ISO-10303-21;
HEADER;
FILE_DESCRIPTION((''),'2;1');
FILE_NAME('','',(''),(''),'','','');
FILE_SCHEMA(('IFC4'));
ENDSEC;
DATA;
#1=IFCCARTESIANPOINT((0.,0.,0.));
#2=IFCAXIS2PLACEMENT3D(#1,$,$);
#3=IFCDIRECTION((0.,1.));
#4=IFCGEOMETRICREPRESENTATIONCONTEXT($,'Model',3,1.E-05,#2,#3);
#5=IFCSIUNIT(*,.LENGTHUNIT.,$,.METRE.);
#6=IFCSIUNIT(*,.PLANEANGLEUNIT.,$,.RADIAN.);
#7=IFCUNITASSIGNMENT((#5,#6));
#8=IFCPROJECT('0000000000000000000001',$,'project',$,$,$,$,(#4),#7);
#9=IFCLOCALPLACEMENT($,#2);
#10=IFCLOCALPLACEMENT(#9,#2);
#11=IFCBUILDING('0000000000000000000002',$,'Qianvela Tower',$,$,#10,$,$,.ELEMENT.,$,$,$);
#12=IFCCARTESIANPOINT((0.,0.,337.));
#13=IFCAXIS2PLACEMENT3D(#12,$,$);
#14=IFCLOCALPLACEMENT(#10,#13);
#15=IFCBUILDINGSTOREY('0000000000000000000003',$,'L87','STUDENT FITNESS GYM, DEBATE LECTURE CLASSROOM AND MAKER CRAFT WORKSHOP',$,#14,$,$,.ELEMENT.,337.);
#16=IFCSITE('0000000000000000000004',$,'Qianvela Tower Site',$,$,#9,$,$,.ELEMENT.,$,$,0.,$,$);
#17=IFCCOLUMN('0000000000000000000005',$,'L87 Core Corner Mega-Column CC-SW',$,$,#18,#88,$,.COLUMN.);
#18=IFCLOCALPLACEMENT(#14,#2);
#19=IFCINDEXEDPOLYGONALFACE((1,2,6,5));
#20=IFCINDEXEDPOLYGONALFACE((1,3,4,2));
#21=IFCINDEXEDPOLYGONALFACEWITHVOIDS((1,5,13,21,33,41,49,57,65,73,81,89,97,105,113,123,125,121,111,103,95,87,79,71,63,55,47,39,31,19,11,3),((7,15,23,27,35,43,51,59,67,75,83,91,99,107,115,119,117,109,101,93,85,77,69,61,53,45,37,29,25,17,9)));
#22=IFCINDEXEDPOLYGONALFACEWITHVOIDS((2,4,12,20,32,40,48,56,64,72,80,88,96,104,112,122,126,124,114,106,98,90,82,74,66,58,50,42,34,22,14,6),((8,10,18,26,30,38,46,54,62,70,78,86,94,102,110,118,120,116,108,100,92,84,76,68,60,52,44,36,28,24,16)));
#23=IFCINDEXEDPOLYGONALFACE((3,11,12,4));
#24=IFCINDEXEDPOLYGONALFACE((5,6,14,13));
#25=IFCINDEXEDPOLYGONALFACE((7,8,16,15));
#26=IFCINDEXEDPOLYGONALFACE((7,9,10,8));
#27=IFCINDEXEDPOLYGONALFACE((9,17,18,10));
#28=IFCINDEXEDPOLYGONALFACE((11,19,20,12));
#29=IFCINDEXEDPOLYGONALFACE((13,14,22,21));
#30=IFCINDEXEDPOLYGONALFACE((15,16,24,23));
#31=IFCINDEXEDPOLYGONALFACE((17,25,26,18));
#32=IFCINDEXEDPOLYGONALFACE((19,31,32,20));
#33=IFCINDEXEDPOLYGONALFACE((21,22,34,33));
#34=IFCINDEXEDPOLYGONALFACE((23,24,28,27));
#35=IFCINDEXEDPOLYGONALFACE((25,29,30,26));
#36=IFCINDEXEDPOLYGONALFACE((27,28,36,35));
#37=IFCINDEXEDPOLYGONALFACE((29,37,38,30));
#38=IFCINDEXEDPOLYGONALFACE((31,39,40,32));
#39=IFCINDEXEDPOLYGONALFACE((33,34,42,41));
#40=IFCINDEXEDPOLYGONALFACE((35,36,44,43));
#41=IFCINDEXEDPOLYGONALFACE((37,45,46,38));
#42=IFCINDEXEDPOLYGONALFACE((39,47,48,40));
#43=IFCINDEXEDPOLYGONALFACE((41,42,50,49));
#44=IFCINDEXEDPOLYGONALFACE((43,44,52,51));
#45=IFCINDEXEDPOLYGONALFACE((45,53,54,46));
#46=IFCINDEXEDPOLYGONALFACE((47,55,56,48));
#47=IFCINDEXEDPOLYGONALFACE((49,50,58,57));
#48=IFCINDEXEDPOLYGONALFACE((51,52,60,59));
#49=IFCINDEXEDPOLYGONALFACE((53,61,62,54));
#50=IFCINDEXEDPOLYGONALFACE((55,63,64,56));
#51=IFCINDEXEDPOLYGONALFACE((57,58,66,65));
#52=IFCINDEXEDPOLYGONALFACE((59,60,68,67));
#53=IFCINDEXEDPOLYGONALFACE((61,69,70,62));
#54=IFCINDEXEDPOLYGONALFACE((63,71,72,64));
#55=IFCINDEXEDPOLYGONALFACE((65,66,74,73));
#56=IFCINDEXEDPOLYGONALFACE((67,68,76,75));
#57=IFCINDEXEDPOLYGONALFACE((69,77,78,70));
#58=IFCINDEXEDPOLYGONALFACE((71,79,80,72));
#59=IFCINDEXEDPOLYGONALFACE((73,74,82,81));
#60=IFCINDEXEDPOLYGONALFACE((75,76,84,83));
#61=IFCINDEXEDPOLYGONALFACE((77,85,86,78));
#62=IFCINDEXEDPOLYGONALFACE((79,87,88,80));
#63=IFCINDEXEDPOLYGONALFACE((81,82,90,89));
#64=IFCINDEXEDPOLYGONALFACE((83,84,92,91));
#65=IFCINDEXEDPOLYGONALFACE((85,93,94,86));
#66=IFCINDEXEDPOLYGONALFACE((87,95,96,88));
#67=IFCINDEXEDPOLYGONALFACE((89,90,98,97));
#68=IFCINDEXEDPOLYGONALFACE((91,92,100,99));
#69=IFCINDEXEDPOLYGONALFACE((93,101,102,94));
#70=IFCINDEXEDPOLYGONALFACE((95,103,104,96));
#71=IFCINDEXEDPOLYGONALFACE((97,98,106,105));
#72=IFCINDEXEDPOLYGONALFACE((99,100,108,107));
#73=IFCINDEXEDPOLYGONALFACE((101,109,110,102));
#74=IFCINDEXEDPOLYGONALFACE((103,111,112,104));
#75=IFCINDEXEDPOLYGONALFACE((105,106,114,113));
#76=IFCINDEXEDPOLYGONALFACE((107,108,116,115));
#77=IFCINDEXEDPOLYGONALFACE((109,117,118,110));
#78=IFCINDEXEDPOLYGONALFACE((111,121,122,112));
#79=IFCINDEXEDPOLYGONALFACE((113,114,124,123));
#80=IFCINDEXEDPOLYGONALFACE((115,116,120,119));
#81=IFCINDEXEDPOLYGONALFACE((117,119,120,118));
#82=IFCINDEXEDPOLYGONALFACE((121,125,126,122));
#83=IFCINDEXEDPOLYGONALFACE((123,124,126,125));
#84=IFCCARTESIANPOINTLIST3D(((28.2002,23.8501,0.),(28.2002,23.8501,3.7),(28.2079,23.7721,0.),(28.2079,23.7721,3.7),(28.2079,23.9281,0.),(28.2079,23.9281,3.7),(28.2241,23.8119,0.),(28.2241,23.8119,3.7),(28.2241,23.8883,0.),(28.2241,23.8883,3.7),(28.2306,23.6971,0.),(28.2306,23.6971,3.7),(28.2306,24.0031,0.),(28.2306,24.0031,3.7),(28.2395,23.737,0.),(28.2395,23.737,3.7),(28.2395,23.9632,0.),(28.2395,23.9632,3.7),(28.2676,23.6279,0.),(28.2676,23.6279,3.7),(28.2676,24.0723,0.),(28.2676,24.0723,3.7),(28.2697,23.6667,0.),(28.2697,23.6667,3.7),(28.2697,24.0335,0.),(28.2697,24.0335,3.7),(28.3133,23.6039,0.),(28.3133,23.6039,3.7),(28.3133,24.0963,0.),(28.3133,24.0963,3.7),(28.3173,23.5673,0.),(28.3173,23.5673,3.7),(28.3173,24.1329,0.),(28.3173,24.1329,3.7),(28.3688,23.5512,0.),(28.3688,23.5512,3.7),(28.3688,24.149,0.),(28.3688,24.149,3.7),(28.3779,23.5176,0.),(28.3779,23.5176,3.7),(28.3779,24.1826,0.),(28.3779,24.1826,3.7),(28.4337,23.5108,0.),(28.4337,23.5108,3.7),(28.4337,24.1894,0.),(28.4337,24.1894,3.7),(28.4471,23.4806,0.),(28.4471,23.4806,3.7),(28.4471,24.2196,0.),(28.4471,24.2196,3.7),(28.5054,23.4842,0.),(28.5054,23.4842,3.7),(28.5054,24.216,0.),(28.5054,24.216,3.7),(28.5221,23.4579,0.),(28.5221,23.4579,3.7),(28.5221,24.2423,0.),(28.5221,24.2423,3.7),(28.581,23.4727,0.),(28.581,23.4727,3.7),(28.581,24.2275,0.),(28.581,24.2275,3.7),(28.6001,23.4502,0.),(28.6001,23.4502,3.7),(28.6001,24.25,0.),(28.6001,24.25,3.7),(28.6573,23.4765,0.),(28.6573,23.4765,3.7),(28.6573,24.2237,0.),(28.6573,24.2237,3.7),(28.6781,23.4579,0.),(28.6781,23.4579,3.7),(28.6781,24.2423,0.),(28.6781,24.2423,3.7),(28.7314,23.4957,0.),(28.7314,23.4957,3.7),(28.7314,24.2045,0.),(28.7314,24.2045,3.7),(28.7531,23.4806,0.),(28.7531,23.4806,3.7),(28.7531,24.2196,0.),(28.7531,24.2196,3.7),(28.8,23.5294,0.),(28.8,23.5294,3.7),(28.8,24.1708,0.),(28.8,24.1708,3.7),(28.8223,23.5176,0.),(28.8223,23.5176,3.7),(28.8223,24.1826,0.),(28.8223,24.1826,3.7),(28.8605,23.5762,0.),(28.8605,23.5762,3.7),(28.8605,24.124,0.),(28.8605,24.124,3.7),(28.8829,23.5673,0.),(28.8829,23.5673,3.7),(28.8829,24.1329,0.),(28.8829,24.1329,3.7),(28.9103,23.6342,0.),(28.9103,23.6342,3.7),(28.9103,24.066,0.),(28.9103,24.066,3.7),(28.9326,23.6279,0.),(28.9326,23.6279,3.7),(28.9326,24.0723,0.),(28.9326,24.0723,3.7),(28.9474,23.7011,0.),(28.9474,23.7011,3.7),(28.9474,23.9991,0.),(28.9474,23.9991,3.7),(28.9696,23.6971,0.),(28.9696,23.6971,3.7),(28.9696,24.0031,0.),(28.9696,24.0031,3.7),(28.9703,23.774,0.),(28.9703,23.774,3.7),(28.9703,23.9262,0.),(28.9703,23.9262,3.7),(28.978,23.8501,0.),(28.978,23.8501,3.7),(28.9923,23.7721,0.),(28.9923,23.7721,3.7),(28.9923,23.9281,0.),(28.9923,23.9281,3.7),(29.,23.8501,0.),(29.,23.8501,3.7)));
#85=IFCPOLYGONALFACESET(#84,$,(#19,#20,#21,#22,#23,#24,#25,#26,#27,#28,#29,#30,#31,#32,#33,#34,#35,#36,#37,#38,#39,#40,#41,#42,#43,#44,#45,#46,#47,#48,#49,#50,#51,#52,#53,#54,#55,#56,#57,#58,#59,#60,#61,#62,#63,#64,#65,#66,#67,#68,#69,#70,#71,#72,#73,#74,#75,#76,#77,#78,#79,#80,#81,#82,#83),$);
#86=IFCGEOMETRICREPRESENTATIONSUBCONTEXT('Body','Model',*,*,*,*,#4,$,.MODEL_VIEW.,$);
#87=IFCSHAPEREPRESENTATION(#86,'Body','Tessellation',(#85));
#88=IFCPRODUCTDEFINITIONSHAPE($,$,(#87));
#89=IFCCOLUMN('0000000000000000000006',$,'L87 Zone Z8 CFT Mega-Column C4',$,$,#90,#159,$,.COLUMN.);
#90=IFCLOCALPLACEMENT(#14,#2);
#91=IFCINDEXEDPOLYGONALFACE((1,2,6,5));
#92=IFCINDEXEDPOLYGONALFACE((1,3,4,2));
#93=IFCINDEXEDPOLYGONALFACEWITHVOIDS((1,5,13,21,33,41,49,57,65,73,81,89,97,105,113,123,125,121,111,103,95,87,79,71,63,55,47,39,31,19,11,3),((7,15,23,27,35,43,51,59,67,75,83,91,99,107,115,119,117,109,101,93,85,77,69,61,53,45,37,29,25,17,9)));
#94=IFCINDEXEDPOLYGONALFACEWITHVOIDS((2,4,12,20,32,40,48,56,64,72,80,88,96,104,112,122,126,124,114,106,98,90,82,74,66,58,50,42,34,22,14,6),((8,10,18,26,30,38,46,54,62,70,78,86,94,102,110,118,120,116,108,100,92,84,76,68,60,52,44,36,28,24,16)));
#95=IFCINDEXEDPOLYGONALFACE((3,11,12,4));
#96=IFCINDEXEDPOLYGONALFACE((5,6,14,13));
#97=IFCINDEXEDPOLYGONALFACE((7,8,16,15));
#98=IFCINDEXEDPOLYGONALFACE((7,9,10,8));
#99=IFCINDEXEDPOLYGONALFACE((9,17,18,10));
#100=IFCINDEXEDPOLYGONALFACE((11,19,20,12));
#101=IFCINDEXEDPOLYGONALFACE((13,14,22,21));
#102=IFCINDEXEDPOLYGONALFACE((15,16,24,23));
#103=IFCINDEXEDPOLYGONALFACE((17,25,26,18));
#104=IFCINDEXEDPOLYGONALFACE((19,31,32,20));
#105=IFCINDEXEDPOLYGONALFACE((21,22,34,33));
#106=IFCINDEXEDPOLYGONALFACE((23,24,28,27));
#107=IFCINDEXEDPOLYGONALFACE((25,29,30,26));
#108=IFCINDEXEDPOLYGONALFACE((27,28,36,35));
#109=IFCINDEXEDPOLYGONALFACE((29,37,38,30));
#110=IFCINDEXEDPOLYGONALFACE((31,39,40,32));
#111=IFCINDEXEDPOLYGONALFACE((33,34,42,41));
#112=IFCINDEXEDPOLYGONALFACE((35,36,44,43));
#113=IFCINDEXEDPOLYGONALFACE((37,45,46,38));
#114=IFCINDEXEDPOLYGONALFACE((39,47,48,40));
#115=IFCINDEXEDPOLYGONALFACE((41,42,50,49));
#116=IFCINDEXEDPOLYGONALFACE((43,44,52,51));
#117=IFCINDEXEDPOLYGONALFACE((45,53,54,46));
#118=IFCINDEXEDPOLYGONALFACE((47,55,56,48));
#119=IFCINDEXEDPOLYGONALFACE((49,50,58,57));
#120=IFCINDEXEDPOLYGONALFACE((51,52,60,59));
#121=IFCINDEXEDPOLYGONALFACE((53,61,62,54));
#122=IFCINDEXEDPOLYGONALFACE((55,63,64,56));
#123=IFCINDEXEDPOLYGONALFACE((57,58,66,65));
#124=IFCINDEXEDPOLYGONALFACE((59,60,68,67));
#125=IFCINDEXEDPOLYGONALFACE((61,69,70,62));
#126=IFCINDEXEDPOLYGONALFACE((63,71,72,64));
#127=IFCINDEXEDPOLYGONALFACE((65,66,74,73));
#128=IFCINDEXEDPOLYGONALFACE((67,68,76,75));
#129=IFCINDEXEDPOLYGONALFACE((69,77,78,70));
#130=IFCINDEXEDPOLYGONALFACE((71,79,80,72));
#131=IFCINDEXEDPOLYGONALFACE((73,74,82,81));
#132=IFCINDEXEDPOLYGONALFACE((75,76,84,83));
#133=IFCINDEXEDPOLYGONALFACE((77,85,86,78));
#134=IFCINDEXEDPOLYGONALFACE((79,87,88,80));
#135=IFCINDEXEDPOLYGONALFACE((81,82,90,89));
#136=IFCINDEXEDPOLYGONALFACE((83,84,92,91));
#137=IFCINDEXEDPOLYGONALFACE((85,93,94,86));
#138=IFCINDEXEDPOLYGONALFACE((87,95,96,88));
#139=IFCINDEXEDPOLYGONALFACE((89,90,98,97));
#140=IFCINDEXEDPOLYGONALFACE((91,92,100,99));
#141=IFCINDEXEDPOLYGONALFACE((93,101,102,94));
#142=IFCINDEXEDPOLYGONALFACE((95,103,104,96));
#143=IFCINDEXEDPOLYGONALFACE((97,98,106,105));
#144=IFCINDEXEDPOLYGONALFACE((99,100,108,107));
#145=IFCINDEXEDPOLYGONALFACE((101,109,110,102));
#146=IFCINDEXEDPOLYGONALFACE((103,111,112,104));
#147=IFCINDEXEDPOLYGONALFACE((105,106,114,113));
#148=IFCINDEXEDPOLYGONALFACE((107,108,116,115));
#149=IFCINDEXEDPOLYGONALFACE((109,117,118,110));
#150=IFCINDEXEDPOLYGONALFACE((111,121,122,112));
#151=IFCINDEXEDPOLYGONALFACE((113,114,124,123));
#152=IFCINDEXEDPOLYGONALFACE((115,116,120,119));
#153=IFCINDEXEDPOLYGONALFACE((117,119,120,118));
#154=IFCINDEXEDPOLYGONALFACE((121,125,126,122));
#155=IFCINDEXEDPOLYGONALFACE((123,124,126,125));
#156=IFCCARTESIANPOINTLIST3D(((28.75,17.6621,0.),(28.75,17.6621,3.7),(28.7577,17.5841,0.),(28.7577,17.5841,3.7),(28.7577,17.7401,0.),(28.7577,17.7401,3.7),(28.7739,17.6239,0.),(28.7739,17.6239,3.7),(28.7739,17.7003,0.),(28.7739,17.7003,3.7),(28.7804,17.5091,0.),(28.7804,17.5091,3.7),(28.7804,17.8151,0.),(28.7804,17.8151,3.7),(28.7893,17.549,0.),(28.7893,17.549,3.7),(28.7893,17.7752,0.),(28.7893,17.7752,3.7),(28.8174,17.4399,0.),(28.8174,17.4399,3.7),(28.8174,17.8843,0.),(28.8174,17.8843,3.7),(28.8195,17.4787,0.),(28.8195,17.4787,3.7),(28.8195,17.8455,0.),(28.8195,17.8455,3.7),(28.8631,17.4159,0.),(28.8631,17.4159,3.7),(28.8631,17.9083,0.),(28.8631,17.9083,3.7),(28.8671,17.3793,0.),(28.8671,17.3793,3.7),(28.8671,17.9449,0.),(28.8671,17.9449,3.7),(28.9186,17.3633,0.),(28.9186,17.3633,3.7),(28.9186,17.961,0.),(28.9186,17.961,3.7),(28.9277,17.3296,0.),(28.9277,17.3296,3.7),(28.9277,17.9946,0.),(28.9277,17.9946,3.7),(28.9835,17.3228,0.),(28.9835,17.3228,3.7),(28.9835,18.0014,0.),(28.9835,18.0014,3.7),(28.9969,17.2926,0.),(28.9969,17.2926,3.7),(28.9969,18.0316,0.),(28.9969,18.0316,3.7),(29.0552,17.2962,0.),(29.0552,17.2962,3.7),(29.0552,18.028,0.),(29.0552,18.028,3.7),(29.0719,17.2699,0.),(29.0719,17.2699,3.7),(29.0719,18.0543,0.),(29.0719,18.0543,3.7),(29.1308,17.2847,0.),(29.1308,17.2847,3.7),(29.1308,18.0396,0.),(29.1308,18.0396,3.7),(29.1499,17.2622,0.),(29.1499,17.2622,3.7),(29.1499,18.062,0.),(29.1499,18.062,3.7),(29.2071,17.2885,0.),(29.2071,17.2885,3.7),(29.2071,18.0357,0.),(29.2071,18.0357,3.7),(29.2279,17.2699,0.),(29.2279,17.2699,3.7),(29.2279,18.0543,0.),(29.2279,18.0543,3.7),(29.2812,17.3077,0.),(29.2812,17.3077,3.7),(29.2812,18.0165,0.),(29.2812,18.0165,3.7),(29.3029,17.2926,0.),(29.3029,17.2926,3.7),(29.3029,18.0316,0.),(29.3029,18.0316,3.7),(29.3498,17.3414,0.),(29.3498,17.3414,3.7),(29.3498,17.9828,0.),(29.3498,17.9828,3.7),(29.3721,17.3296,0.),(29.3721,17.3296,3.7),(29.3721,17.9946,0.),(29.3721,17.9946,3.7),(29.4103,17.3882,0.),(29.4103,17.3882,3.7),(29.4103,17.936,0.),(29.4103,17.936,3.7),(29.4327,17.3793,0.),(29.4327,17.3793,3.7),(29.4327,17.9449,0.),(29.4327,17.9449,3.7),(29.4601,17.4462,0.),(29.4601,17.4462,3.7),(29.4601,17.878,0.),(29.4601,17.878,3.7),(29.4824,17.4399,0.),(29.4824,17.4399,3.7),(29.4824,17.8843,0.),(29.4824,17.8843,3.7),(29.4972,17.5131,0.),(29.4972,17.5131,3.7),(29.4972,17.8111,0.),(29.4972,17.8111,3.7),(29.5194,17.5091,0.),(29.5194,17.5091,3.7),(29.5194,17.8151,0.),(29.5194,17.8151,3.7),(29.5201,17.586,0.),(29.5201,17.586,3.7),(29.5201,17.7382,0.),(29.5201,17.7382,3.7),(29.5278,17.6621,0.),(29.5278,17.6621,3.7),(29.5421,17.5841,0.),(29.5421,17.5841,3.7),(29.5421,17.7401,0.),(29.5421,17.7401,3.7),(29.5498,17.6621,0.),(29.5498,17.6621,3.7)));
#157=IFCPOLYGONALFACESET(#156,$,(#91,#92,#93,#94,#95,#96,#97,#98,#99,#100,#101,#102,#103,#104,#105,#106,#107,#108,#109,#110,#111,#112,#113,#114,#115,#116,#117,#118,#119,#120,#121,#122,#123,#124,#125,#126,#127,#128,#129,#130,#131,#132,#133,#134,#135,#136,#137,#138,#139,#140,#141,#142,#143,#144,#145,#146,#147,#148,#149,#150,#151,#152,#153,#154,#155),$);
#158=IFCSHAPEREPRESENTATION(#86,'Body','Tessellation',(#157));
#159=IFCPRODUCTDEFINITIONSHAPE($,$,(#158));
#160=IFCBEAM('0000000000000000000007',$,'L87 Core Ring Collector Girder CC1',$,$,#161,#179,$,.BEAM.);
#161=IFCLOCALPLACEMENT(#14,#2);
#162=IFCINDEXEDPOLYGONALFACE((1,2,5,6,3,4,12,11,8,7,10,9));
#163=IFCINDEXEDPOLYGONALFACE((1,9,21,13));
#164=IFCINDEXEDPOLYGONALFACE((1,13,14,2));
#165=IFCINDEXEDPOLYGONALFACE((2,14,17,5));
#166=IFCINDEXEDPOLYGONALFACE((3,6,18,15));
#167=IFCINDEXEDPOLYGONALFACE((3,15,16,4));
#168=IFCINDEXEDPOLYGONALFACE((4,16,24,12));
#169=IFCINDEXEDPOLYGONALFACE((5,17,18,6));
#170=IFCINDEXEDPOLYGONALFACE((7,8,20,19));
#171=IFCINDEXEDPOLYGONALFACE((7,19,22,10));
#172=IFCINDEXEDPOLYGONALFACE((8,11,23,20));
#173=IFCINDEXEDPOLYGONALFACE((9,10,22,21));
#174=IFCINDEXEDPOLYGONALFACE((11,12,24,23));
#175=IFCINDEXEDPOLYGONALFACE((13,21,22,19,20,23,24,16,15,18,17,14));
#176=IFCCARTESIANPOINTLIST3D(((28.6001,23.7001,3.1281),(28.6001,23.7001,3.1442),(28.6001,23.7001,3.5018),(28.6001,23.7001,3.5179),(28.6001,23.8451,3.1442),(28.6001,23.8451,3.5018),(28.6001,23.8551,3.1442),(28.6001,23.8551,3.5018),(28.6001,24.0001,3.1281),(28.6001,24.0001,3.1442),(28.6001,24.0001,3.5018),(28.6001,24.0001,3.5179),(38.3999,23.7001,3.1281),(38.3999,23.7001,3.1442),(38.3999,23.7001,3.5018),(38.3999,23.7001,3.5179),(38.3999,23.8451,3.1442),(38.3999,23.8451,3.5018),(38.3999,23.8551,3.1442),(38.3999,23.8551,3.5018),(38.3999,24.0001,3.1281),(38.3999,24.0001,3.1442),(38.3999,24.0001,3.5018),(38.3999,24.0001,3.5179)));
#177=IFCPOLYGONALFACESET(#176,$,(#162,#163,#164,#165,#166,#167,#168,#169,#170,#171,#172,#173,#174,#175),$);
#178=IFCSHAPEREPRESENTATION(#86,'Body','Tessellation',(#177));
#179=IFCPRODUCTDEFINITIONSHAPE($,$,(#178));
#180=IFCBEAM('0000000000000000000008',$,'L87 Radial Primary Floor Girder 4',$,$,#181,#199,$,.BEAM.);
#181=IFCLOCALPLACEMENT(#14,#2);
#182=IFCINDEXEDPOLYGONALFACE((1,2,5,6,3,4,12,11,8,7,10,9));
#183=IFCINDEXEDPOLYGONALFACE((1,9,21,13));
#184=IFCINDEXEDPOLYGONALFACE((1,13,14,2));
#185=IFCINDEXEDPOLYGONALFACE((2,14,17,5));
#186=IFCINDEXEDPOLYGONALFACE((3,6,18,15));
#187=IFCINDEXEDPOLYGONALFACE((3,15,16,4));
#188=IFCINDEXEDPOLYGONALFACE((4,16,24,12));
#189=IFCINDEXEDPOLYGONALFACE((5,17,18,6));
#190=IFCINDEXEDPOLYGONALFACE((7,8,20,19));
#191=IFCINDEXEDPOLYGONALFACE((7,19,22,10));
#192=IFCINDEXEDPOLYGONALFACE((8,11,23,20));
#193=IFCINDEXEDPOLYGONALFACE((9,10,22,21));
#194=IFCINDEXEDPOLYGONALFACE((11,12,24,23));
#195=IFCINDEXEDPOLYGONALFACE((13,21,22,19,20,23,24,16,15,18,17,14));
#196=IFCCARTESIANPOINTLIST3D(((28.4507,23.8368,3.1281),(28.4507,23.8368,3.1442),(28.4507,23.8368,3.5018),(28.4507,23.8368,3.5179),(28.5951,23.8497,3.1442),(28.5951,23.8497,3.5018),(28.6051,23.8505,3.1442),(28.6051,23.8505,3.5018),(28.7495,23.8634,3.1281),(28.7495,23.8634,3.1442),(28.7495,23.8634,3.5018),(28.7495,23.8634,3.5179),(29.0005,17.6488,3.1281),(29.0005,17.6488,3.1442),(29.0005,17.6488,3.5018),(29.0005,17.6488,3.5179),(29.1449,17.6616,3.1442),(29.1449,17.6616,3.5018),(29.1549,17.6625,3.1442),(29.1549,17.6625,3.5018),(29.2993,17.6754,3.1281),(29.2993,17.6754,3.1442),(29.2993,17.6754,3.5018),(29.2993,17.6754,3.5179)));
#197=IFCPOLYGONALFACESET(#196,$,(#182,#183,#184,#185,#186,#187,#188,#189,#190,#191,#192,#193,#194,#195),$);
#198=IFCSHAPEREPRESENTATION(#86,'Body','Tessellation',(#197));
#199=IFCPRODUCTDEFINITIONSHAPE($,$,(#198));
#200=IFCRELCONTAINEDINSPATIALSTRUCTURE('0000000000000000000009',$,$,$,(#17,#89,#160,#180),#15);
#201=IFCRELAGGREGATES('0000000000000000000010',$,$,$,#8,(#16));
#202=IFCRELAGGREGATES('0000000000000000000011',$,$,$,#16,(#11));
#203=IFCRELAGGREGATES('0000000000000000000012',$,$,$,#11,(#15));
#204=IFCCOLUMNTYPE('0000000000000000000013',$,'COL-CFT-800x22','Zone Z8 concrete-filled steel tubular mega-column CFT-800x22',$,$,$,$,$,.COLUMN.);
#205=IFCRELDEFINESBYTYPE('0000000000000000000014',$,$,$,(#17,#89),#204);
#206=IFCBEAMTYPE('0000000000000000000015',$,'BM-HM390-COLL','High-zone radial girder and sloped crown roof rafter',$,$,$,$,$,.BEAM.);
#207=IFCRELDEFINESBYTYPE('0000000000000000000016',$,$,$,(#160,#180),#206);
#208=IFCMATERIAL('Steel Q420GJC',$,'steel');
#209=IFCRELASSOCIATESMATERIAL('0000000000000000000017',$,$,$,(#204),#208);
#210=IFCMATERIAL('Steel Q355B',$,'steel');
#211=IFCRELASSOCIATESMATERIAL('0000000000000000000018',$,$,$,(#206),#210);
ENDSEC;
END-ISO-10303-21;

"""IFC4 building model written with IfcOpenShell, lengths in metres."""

from ifc_helpers import new_model, si_unit, direction, frame, origin, origin_2d, place, context, subcontext, project, spatial, hollow_circle, i_section, extrude, material, material_profile, profile_set, type_object, element, save


model = new_model("IFC4")

# Units and contexts
model_context = context("Model", 3, precision=1e-05, world=origin(), true_north=direction((0.0, 1.0)))
body_context = subcontext(model_context, "Body", "Model", "MODEL_VIEW")
ifc_project = project(units=[si_unit("LENGTHUNIT", "METRE"), si_unit("PLANEANGLEUNIT", "RADIAN")], contexts=[model_context])

# Site, building, storey
site_placement = place(None, origin())
site = spatial("IfcSite", under=ifc_project, at=site_placement, Name="Qianvela Tower Site", CompositionType="ELEMENT", RefElevation=0.0)
building_placement = place(site_placement, origin())
building = spatial("IfcBuilding", under=site, at=building_placement, Name="Qianvela Tower", CompositionType="ELEMENT")
storey_placement = place(building_placement, frame((0.0, 0.0, 337.0)))
storey = spatial("IfcBuildingStorey", under=building, at=storey_placement, Name="L87", Description="STUDENT FITNESS GYM, DEBATE LECTURE CLASSROOM AND MAKER CRAFT WORKSHOP", CompositionType="ELEMENT", Elevation=337.0)

# Columns
ifc_material_1 = material(Name="Steel Q420GJC", Category="steel")
ifc_material_profile_1 = material_profile(ifc_material_1, hollow_circle(Radius=0.3999, WallThickness=0.022, at=origin_2d()), Name="CFT-800x22")
ifc_profile_set_1 = profile_set([ifc_material_profile_1], Name="Steel Q420GJC")
column_type = type_object("IfcColumnType", Name="COL-CFT-800x22", Description="Zone Z8 concrete-filled steel tubular mega-column CFT-800x22", PredefinedType="COLUMN", material=ifc_profile_set_1)
for number, where, z_axis, x_axis, name in (
    (1, (28.6001, 23.8501, 0.0), (0.0, 0.0, 1.0), (1.0, 0.0, 0.0), "L87 Core Corner Mega-Column CC-SW"),
    (2, (29.1499, 17.6621, 0.0), (0.0, 0.0, 1.0), (1.0, 0.0, 0.0), "L87 Zone Z8 CFT Mega-Column C4"),
):
    element("IfcColumn", number, at=place(storey_placement, frame(where, z_axis=z_axis, x_axis=x_axis)), inside=storey, type_object=column_type, Name=name, PredefinedType="COLUMN", context=body_context, shape_type="SweptSolid", body=[
        extrude(hollow_circle(Radius=0.3999, WallThickness=0.022, at=origin_2d()), origin(), (0.0, 0.0, 1.0), 3.7),
    ])

# Beams
ifc_material_2 = material(Name="Steel Q355B", Category="steel")
ifc_material_profile_2 = material_profile(ifc_material_2, i_section(OverallWidth=0.3, OverallDepth=0.3899, WebThickness=0.01, FlangeThickness=0.0161, at=origin_2d()), Name="HM390x300x10x16")
ifc_profile_set_2 = profile_set([ifc_material_profile_2], Name="Steel Q355B")
beam_type_1 = type_object("IfcBeamType", Name="BM-HM390-COLL", Description="High-zone radial girder and sloped crown roof rafter", PredefinedType="BEAM", material=ifc_profile_set_2)
beam_1_placement = place(storey_placement, frame((28.6001, 23.8501, 3.323), z_axis=(1.0, 0.0, 0.0), x_axis=(0.0, 1.0, 0.0)))
element("IfcBeam", 3, at=beam_1_placement, inside=storey, type_object=beam_type_1, Name="L87 Core Ring Collector Girder CC1", PredefinedType="BEAM", context=body_context, shape_type="SweptSolid", body=[
    extrude(i_section(OverallWidth=0.3, OverallDepth=0.3899, WebThickness=0.01, FlangeThickness=0.0161, at=origin_2d()), origin(), (0.0, 0.0, 1.0), 9.7998),
])
beam_2_placement = place(storey_placement, frame((28.6001, 23.8501, 3.323), z_axis=(0.088502, -0.996076, 0.0), x_axis=(0.996076, 0.088502, 0.0)))
element("IfcBeam", 4, at=beam_2_placement, inside=storey, type_object=beam_type_1, Name="L87 Radial Primary Floor Girder 4", PredefinedType="BEAM", context=body_context, shape_type="SweptSolid", body=[
    extrude(i_section(OverallWidth=0.3, OverallDepth=0.3899, WebThickness=0.01, FlangeThickness=0.0161, at=origin_2d()), origin(), (0.0, 0.0, 1.0), 6.2124),
])

save(model, "model.ifc")
